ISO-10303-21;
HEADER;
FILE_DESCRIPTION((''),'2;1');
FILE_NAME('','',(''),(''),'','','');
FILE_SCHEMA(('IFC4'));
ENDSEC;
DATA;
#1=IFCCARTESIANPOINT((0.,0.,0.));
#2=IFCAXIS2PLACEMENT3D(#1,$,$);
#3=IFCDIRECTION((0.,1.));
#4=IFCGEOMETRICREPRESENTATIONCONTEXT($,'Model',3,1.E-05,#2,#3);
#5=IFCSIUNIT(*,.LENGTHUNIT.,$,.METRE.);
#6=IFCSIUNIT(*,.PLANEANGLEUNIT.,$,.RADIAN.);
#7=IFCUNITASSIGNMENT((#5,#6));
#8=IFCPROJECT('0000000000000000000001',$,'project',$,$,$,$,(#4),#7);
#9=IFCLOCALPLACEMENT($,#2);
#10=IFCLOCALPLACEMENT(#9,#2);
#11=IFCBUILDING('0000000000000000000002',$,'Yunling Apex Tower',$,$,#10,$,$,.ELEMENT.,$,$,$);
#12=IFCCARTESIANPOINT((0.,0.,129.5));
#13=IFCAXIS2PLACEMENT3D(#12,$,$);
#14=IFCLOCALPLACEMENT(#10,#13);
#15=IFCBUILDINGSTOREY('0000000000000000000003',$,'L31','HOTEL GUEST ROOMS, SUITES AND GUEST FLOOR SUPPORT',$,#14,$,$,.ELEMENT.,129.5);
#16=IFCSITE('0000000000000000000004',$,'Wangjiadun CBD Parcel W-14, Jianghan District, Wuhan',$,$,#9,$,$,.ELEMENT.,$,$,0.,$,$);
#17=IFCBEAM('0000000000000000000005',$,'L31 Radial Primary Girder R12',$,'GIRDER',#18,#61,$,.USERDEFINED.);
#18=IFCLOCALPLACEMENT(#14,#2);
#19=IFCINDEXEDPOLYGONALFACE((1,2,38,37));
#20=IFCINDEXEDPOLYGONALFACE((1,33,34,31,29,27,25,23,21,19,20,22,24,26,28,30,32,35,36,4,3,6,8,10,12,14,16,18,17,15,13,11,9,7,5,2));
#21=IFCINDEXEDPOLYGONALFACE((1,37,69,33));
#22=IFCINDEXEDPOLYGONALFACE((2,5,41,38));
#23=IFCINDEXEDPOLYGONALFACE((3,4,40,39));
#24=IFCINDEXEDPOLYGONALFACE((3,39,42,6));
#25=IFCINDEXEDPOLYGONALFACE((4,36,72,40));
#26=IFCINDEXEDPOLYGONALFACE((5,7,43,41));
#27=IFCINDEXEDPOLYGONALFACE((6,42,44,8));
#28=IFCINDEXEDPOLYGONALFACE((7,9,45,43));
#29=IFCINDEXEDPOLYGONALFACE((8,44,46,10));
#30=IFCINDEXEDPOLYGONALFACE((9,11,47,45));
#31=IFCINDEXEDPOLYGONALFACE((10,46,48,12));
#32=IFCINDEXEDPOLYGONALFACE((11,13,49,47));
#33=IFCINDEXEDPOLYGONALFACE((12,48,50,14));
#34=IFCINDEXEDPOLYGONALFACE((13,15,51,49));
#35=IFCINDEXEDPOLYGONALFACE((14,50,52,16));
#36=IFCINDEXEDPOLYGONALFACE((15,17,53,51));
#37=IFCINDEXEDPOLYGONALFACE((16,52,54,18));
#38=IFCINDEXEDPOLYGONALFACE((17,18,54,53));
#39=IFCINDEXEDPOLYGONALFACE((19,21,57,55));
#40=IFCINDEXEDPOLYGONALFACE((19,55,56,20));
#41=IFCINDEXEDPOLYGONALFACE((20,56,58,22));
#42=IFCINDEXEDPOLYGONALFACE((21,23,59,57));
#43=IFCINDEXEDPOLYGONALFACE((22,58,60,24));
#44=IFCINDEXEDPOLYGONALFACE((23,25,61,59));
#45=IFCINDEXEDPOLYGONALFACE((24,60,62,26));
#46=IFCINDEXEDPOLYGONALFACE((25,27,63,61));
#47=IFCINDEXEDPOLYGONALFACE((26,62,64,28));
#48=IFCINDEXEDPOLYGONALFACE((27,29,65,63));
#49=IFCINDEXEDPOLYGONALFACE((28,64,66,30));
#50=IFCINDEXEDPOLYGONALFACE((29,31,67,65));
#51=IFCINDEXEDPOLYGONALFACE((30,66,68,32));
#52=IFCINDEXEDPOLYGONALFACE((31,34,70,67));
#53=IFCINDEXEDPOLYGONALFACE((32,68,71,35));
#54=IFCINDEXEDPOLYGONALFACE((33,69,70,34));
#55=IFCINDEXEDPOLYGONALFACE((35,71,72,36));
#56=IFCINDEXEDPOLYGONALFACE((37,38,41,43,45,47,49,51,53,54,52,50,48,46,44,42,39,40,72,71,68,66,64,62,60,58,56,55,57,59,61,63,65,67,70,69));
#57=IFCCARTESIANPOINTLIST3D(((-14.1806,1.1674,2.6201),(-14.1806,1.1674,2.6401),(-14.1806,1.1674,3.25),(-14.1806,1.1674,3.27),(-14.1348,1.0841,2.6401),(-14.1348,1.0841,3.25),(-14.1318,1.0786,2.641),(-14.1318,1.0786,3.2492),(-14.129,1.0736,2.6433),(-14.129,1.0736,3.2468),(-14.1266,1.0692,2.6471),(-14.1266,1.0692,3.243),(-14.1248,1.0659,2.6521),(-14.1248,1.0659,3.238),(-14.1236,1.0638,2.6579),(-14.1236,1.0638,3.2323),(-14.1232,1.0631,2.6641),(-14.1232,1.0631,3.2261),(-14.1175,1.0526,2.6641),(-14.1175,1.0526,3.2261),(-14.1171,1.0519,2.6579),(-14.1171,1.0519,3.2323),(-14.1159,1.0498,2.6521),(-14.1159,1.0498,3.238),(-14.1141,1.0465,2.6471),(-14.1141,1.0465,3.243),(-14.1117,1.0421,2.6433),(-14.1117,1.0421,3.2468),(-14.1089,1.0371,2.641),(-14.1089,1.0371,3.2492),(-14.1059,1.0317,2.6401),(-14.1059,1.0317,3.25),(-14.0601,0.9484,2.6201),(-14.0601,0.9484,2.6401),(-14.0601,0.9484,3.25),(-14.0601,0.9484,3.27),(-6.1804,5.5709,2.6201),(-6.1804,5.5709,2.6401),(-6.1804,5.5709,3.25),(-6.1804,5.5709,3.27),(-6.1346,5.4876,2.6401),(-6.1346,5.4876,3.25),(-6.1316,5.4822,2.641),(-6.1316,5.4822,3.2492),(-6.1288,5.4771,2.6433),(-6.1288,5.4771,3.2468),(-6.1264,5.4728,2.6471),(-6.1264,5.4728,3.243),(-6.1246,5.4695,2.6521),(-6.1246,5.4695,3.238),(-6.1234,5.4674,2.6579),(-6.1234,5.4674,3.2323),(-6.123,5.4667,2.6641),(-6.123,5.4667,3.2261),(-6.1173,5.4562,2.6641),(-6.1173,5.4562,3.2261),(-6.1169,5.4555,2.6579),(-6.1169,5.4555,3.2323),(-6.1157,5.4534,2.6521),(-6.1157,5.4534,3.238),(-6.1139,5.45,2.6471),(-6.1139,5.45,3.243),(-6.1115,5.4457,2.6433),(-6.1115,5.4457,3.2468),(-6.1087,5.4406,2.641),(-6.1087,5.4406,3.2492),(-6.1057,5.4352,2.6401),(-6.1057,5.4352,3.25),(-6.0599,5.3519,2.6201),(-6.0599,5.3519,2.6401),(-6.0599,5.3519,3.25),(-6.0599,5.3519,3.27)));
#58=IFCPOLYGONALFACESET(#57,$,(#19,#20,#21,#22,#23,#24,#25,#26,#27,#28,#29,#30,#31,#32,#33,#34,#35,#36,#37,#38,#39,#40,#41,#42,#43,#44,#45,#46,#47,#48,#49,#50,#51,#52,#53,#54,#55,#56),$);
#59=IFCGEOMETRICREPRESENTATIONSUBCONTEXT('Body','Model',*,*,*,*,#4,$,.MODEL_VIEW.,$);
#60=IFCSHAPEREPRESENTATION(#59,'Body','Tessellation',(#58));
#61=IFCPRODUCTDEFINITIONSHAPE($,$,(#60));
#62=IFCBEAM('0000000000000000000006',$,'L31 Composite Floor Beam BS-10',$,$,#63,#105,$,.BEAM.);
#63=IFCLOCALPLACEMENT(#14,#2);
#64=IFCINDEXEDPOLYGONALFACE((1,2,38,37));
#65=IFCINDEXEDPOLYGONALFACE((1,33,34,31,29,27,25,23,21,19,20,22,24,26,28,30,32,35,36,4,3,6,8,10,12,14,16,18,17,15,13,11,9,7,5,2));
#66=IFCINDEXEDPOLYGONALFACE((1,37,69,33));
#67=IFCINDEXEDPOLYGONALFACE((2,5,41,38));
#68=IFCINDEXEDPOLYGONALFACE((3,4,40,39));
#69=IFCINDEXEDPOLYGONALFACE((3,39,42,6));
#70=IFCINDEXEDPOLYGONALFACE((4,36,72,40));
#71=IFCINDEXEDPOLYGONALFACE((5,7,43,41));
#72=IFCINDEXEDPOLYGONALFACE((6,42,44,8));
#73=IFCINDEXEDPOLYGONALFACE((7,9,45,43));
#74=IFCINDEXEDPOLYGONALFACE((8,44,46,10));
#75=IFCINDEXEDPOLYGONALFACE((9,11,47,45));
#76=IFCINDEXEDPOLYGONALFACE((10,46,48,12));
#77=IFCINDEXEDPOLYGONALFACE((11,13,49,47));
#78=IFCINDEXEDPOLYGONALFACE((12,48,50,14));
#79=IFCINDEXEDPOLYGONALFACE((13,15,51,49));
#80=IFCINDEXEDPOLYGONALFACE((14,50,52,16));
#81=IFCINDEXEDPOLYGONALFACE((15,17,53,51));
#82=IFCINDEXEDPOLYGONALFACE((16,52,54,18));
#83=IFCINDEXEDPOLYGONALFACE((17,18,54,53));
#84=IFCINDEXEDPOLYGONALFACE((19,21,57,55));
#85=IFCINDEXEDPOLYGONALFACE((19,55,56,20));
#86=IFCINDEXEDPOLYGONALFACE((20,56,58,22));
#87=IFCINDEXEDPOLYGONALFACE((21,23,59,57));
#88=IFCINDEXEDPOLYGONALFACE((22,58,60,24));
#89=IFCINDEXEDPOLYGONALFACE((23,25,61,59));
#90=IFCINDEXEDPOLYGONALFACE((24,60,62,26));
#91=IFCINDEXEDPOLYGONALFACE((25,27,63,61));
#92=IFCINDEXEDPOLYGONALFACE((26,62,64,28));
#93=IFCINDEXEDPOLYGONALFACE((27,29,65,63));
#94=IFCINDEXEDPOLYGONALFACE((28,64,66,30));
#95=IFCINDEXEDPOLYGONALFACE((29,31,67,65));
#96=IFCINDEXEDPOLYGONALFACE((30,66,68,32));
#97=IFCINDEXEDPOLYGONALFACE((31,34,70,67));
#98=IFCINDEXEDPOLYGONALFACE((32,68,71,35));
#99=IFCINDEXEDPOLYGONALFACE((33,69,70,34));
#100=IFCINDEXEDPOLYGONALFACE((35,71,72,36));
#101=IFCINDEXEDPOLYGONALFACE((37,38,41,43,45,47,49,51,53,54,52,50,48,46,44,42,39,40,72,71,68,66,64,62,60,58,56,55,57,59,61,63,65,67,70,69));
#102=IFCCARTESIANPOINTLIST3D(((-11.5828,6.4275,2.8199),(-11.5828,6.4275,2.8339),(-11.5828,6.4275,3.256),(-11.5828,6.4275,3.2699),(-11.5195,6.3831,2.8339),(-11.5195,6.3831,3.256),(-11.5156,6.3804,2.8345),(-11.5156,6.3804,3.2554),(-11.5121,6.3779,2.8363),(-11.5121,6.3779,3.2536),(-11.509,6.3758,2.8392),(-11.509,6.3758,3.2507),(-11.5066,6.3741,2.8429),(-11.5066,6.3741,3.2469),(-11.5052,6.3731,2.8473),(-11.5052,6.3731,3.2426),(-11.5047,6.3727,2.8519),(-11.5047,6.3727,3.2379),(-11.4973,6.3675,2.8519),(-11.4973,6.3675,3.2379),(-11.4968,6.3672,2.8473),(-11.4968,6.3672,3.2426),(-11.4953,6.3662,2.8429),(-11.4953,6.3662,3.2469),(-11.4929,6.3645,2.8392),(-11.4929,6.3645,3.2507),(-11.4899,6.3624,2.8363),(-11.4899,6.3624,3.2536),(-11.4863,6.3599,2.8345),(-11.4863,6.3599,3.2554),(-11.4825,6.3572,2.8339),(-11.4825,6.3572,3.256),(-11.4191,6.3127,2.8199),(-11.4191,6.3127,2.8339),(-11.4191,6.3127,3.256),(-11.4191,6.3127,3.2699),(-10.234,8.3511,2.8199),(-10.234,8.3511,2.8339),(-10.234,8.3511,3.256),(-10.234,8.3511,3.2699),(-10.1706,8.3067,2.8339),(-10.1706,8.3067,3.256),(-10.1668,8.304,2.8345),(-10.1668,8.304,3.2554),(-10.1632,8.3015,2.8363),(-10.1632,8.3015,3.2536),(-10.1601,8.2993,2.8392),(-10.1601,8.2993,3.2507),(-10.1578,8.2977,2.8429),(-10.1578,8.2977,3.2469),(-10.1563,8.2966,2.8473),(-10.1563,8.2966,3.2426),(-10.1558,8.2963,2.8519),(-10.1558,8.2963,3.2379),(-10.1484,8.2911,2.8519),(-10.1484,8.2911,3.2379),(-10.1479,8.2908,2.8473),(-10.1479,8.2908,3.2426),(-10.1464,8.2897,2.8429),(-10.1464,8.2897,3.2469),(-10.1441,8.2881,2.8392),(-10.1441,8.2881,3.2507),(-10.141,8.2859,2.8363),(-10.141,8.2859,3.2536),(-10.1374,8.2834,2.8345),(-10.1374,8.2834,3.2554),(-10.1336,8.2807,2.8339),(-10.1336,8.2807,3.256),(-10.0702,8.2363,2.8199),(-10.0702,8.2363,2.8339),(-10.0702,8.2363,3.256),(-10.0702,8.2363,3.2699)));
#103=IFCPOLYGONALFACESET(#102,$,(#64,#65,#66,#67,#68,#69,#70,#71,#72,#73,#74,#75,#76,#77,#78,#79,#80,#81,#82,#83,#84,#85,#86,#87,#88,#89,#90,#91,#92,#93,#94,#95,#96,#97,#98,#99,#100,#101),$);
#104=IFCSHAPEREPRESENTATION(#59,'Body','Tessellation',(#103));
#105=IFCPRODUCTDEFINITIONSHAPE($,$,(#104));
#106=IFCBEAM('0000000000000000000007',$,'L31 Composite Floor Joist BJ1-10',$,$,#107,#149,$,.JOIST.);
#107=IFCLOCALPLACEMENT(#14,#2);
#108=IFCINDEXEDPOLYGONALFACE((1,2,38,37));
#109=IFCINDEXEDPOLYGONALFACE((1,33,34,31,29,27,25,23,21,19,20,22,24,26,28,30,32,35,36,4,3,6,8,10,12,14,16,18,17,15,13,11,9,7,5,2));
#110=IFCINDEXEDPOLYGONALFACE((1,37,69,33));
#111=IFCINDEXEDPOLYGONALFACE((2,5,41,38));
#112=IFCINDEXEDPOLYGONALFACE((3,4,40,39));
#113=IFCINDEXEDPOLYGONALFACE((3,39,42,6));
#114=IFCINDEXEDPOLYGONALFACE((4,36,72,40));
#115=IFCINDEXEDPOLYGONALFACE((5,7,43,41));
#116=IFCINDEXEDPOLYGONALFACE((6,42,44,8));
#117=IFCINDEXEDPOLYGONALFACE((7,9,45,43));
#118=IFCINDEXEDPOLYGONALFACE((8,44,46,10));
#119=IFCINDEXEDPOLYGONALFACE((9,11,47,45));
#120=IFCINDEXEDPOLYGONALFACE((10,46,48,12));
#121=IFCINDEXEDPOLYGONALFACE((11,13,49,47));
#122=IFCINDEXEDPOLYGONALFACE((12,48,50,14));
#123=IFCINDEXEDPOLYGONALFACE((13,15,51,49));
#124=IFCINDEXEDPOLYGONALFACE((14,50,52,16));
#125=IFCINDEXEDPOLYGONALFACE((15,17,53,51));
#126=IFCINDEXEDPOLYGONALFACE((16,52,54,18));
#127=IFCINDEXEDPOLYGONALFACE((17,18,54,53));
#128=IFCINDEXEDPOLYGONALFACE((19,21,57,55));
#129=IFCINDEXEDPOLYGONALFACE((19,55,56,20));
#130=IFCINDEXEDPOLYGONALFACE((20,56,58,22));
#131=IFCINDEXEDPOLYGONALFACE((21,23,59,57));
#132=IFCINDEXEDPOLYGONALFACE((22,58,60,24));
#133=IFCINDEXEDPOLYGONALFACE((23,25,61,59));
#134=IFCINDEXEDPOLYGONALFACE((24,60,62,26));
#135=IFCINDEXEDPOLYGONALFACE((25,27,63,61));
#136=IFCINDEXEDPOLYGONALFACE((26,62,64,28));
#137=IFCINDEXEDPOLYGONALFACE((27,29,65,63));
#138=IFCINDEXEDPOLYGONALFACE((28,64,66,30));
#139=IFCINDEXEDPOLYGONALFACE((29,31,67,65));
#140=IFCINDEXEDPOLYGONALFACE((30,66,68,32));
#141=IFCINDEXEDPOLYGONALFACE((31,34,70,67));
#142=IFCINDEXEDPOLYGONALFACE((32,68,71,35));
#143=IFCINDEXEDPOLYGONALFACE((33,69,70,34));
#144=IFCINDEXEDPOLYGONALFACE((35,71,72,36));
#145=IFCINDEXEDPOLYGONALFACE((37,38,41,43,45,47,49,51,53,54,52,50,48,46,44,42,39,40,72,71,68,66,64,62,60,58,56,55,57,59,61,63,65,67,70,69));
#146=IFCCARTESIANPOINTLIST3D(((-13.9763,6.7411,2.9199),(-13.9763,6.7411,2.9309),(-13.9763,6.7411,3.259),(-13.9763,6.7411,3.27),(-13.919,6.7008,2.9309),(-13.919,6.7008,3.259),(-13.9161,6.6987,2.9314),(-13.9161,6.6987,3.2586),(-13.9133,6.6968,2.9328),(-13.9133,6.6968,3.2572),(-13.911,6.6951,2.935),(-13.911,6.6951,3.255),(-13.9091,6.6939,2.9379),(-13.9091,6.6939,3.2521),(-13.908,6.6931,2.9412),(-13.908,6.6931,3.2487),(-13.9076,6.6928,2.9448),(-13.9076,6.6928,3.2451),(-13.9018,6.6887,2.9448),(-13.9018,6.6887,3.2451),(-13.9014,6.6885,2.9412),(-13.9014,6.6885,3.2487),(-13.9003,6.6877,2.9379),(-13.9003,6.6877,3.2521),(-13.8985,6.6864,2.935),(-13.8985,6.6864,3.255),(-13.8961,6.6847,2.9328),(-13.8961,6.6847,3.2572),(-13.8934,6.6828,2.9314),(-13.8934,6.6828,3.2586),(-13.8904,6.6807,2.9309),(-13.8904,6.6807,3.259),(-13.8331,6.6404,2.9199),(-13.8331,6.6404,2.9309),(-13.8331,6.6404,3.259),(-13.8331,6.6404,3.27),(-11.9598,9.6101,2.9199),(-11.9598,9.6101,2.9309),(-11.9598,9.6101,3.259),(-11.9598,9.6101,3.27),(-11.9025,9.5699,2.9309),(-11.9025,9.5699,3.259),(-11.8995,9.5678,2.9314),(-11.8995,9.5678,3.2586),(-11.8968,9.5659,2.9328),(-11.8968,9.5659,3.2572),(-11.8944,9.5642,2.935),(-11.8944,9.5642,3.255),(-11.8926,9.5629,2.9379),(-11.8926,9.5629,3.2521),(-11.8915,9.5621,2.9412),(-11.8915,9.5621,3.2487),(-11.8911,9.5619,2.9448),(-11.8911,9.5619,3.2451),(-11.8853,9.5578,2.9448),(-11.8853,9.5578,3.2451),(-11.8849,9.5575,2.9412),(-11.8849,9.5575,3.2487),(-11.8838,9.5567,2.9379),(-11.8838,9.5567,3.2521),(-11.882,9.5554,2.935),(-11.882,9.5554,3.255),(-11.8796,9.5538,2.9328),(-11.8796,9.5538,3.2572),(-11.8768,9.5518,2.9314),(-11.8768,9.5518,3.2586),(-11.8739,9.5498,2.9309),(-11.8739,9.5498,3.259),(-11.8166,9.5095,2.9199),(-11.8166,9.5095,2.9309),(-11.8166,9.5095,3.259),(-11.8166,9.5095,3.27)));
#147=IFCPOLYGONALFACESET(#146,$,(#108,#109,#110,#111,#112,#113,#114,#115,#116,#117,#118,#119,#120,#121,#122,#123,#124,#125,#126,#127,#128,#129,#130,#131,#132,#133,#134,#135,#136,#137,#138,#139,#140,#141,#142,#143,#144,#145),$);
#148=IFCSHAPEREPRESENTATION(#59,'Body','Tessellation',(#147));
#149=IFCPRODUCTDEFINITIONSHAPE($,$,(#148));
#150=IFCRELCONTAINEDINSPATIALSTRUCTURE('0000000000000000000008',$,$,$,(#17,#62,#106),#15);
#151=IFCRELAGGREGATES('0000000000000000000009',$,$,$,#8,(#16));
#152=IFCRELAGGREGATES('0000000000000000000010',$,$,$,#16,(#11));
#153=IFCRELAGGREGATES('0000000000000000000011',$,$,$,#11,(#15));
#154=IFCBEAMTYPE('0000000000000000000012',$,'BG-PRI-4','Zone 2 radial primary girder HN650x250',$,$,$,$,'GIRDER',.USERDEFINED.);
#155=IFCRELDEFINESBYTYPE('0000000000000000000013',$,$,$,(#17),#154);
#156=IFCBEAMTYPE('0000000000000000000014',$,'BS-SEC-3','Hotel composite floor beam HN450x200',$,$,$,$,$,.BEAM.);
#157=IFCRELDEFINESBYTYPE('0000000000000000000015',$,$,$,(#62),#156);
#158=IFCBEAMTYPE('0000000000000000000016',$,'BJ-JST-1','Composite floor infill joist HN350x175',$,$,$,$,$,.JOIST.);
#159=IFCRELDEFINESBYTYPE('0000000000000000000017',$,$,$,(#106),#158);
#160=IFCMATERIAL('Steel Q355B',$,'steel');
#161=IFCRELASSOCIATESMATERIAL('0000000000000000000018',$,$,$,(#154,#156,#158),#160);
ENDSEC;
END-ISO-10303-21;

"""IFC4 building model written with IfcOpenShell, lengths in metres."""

from ifc_helpers import new_model, si_unit, direction, frame, origin, origin_2d, place, context, subcontext, project, spatial, i_section, extrude, source, transform, mapped, material, material_profile, profile_set, type_object, element, save


model = new_model("IFC4")

# Units and contexts
model_context = context("Model", 3, precision=1e-05, world=origin(), true_north=direction((0.0, 1.0)))
body_context = subcontext(model_context, "Body", "Model", "MODEL_VIEW")
ifc_project = project(units=[si_unit("LENGTHUNIT", "METRE"), si_unit("PLANEANGLEUNIT", "RADIAN")], contexts=[model_context])

# Site, building, storey
site_placement = place(None, origin())
site = spatial("IfcSite", under=ifc_project, at=site_placement, Name="Wangjiadun CBD Parcel W-14, Jianghan District, Wuhan", CompositionType="ELEMENT", RefElevation=0.0)
building_placement = place(site_placement, origin())
building = spatial("IfcBuilding", under=site, at=building_placement, Name="Yunling Apex Tower", CompositionType="ELEMENT")
storey_placement = place(building_placement, frame((0.0, 0.0, 129.5)))
storey = spatial("IfcBuildingStorey", under=building, at=storey_placement, Name="L31", Description="HOTEL GUEST ROOMS, SUITES AND GUEST FLOOR SUPPORT", CompositionType="ELEMENT", Elevation=129.5)

# Beams
ifc_material_1 = material(Name="Steel Q355B", Category="steel")
ifc_material_profile_1 = material_profile(ifc_material_1, i_section(OverallWidth=0.25, OverallDepth=0.6499, WebThickness=0.012, FlangeThickness=0.02, FilletRadius=0.0239, at=origin_2d()))
ifc_profile_set_1 = profile_set([ifc_material_profile_1], Name="Steel Q355B")
beam_type_1 = type_object("IfcBeamType", Name="BG-PRI-4", Description="Zone 2 radial primary girder HN650x250", ElementType="GIRDER", PredefinedType="USERDEFINED", material=ifc_profile_set_1)
shared_shape_1 = source(origin(), body_context, "Body", "SweptSolid", [
    extrude(i_section(OverallWidth=0.25, OverallDepth=0.6499, WebThickness=0.012, FlangeThickness=0.02, FilletRadius=0.0239, at=origin_2d()), origin(), (0.0, 0.0, 1.0), 9.1321),
])
beam_1_placement = place(storey_placement, frame((-14.1204, 1.0579, 2.9451), z_axis=(0.876057, 0.482207, 0.0), x_axis=(-0.482207, 0.876057, 0.0)))
element("IfcBeam", 1, at=beam_1_placement, inside=storey, type_object=beam_type_1, Name="L31 Radial Primary Girder R12", ObjectType="GIRDER", PredefinedType="USERDEFINED", context=body_context, shape_type="MappedRepresentation", body=[
    mapped(shared_shape_1, transform((0.0, 0.0, 0.0), scale=1.0)),
])
ifc_material_profile_2 = material_profile(ifc_material_1, i_section(OverallWidth=0.2, OverallDepth=0.45, WebThickness=0.009, FlangeThickness=0.0139, FilletRadius=0.0181, at=origin_2d()))
ifc_profile_set_2 = profile_set([ifc_material_profile_2], Name="Steel Q355B")
beam_type_2 = type_object("IfcBeamType", Name="BS-SEC-3", Description="Hotel composite floor beam HN450x200", PredefinedType="BEAM", material=ifc_profile_set_2)
shared_shape_2 = source(origin(), body_context, "Body", "SweptSolid", [
    extrude(i_section(OverallWidth=0.2, OverallDepth=0.45, WebThickness=0.009, FlangeThickness=0.0139, FilletRadius=0.0181, at=origin_2d()), origin(), (0.0, 0.0, 1.0), 2.3494),
])
beam_2_placement = place(storey_placement, frame((-10.1521, 8.2937, 3.0449), z_axis=(-0.574139, -0.818758, 0.0), x_axis=(0.818758, -0.574139, 0.0)))
element("IfcBeam", 2, at=beam_2_placement, inside=storey, type_object=beam_type_2, Name="L31 Composite Floor Beam BS-10", PredefinedType="BEAM", context=body_context, shape_type="MappedRepresentation", body=[
    mapped(shared_shape_2, transform((0.0, 0.0, 0.0), scale=1.0)),
])
ifc_material_profile_3 = material_profile(ifc_material_1, i_section(OverallWidth=0.175, OverallDepth=0.3501, WebThickness=0.0071, FlangeThickness=0.011, FilletRadius=0.0139, at=origin_2d()))
ifc_profile_set_3 = profile_set([ifc_material_profile_3], Name="Steel Q355B")
beam_type_3 = type_object("IfcBeamType", Name="BJ-JST-1", Description="Composite floor infill joist HN350x175", PredefinedType="JOIST", material=ifc_profile_set_3)
shared_shape_3 = source(origin(), body_context, "Body", "SweptSolid", [
    extrude(i_section(OverallWidth=0.175, OverallDepth=0.3501, WebThickness=0.0071, FlangeThickness=0.011, FilletRadius=0.0139, at=origin_2d()), origin(), (0.0, 0.0, 1.0), 3.5068),
])
beam_3_placement = place(storey_placement, frame((-11.8882, 9.5598, 3.095), z_axis=(-0.575031, -0.818132, 0.0), x_axis=(0.818132, -0.575031, 0.0)))
element("IfcBeam", 3, at=beam_3_placement, inside=storey, type_object=beam_type_3, Name="L31 Composite Floor Joist BJ1-10", PredefinedType="JOIST", context=body_context, shape_type="MappedRepresentation", body=[
    mapped(shared_shape_3, transform((0.0, 0.0, 0.0), scale=1.0)),
])

save(model, "model.ifc")
